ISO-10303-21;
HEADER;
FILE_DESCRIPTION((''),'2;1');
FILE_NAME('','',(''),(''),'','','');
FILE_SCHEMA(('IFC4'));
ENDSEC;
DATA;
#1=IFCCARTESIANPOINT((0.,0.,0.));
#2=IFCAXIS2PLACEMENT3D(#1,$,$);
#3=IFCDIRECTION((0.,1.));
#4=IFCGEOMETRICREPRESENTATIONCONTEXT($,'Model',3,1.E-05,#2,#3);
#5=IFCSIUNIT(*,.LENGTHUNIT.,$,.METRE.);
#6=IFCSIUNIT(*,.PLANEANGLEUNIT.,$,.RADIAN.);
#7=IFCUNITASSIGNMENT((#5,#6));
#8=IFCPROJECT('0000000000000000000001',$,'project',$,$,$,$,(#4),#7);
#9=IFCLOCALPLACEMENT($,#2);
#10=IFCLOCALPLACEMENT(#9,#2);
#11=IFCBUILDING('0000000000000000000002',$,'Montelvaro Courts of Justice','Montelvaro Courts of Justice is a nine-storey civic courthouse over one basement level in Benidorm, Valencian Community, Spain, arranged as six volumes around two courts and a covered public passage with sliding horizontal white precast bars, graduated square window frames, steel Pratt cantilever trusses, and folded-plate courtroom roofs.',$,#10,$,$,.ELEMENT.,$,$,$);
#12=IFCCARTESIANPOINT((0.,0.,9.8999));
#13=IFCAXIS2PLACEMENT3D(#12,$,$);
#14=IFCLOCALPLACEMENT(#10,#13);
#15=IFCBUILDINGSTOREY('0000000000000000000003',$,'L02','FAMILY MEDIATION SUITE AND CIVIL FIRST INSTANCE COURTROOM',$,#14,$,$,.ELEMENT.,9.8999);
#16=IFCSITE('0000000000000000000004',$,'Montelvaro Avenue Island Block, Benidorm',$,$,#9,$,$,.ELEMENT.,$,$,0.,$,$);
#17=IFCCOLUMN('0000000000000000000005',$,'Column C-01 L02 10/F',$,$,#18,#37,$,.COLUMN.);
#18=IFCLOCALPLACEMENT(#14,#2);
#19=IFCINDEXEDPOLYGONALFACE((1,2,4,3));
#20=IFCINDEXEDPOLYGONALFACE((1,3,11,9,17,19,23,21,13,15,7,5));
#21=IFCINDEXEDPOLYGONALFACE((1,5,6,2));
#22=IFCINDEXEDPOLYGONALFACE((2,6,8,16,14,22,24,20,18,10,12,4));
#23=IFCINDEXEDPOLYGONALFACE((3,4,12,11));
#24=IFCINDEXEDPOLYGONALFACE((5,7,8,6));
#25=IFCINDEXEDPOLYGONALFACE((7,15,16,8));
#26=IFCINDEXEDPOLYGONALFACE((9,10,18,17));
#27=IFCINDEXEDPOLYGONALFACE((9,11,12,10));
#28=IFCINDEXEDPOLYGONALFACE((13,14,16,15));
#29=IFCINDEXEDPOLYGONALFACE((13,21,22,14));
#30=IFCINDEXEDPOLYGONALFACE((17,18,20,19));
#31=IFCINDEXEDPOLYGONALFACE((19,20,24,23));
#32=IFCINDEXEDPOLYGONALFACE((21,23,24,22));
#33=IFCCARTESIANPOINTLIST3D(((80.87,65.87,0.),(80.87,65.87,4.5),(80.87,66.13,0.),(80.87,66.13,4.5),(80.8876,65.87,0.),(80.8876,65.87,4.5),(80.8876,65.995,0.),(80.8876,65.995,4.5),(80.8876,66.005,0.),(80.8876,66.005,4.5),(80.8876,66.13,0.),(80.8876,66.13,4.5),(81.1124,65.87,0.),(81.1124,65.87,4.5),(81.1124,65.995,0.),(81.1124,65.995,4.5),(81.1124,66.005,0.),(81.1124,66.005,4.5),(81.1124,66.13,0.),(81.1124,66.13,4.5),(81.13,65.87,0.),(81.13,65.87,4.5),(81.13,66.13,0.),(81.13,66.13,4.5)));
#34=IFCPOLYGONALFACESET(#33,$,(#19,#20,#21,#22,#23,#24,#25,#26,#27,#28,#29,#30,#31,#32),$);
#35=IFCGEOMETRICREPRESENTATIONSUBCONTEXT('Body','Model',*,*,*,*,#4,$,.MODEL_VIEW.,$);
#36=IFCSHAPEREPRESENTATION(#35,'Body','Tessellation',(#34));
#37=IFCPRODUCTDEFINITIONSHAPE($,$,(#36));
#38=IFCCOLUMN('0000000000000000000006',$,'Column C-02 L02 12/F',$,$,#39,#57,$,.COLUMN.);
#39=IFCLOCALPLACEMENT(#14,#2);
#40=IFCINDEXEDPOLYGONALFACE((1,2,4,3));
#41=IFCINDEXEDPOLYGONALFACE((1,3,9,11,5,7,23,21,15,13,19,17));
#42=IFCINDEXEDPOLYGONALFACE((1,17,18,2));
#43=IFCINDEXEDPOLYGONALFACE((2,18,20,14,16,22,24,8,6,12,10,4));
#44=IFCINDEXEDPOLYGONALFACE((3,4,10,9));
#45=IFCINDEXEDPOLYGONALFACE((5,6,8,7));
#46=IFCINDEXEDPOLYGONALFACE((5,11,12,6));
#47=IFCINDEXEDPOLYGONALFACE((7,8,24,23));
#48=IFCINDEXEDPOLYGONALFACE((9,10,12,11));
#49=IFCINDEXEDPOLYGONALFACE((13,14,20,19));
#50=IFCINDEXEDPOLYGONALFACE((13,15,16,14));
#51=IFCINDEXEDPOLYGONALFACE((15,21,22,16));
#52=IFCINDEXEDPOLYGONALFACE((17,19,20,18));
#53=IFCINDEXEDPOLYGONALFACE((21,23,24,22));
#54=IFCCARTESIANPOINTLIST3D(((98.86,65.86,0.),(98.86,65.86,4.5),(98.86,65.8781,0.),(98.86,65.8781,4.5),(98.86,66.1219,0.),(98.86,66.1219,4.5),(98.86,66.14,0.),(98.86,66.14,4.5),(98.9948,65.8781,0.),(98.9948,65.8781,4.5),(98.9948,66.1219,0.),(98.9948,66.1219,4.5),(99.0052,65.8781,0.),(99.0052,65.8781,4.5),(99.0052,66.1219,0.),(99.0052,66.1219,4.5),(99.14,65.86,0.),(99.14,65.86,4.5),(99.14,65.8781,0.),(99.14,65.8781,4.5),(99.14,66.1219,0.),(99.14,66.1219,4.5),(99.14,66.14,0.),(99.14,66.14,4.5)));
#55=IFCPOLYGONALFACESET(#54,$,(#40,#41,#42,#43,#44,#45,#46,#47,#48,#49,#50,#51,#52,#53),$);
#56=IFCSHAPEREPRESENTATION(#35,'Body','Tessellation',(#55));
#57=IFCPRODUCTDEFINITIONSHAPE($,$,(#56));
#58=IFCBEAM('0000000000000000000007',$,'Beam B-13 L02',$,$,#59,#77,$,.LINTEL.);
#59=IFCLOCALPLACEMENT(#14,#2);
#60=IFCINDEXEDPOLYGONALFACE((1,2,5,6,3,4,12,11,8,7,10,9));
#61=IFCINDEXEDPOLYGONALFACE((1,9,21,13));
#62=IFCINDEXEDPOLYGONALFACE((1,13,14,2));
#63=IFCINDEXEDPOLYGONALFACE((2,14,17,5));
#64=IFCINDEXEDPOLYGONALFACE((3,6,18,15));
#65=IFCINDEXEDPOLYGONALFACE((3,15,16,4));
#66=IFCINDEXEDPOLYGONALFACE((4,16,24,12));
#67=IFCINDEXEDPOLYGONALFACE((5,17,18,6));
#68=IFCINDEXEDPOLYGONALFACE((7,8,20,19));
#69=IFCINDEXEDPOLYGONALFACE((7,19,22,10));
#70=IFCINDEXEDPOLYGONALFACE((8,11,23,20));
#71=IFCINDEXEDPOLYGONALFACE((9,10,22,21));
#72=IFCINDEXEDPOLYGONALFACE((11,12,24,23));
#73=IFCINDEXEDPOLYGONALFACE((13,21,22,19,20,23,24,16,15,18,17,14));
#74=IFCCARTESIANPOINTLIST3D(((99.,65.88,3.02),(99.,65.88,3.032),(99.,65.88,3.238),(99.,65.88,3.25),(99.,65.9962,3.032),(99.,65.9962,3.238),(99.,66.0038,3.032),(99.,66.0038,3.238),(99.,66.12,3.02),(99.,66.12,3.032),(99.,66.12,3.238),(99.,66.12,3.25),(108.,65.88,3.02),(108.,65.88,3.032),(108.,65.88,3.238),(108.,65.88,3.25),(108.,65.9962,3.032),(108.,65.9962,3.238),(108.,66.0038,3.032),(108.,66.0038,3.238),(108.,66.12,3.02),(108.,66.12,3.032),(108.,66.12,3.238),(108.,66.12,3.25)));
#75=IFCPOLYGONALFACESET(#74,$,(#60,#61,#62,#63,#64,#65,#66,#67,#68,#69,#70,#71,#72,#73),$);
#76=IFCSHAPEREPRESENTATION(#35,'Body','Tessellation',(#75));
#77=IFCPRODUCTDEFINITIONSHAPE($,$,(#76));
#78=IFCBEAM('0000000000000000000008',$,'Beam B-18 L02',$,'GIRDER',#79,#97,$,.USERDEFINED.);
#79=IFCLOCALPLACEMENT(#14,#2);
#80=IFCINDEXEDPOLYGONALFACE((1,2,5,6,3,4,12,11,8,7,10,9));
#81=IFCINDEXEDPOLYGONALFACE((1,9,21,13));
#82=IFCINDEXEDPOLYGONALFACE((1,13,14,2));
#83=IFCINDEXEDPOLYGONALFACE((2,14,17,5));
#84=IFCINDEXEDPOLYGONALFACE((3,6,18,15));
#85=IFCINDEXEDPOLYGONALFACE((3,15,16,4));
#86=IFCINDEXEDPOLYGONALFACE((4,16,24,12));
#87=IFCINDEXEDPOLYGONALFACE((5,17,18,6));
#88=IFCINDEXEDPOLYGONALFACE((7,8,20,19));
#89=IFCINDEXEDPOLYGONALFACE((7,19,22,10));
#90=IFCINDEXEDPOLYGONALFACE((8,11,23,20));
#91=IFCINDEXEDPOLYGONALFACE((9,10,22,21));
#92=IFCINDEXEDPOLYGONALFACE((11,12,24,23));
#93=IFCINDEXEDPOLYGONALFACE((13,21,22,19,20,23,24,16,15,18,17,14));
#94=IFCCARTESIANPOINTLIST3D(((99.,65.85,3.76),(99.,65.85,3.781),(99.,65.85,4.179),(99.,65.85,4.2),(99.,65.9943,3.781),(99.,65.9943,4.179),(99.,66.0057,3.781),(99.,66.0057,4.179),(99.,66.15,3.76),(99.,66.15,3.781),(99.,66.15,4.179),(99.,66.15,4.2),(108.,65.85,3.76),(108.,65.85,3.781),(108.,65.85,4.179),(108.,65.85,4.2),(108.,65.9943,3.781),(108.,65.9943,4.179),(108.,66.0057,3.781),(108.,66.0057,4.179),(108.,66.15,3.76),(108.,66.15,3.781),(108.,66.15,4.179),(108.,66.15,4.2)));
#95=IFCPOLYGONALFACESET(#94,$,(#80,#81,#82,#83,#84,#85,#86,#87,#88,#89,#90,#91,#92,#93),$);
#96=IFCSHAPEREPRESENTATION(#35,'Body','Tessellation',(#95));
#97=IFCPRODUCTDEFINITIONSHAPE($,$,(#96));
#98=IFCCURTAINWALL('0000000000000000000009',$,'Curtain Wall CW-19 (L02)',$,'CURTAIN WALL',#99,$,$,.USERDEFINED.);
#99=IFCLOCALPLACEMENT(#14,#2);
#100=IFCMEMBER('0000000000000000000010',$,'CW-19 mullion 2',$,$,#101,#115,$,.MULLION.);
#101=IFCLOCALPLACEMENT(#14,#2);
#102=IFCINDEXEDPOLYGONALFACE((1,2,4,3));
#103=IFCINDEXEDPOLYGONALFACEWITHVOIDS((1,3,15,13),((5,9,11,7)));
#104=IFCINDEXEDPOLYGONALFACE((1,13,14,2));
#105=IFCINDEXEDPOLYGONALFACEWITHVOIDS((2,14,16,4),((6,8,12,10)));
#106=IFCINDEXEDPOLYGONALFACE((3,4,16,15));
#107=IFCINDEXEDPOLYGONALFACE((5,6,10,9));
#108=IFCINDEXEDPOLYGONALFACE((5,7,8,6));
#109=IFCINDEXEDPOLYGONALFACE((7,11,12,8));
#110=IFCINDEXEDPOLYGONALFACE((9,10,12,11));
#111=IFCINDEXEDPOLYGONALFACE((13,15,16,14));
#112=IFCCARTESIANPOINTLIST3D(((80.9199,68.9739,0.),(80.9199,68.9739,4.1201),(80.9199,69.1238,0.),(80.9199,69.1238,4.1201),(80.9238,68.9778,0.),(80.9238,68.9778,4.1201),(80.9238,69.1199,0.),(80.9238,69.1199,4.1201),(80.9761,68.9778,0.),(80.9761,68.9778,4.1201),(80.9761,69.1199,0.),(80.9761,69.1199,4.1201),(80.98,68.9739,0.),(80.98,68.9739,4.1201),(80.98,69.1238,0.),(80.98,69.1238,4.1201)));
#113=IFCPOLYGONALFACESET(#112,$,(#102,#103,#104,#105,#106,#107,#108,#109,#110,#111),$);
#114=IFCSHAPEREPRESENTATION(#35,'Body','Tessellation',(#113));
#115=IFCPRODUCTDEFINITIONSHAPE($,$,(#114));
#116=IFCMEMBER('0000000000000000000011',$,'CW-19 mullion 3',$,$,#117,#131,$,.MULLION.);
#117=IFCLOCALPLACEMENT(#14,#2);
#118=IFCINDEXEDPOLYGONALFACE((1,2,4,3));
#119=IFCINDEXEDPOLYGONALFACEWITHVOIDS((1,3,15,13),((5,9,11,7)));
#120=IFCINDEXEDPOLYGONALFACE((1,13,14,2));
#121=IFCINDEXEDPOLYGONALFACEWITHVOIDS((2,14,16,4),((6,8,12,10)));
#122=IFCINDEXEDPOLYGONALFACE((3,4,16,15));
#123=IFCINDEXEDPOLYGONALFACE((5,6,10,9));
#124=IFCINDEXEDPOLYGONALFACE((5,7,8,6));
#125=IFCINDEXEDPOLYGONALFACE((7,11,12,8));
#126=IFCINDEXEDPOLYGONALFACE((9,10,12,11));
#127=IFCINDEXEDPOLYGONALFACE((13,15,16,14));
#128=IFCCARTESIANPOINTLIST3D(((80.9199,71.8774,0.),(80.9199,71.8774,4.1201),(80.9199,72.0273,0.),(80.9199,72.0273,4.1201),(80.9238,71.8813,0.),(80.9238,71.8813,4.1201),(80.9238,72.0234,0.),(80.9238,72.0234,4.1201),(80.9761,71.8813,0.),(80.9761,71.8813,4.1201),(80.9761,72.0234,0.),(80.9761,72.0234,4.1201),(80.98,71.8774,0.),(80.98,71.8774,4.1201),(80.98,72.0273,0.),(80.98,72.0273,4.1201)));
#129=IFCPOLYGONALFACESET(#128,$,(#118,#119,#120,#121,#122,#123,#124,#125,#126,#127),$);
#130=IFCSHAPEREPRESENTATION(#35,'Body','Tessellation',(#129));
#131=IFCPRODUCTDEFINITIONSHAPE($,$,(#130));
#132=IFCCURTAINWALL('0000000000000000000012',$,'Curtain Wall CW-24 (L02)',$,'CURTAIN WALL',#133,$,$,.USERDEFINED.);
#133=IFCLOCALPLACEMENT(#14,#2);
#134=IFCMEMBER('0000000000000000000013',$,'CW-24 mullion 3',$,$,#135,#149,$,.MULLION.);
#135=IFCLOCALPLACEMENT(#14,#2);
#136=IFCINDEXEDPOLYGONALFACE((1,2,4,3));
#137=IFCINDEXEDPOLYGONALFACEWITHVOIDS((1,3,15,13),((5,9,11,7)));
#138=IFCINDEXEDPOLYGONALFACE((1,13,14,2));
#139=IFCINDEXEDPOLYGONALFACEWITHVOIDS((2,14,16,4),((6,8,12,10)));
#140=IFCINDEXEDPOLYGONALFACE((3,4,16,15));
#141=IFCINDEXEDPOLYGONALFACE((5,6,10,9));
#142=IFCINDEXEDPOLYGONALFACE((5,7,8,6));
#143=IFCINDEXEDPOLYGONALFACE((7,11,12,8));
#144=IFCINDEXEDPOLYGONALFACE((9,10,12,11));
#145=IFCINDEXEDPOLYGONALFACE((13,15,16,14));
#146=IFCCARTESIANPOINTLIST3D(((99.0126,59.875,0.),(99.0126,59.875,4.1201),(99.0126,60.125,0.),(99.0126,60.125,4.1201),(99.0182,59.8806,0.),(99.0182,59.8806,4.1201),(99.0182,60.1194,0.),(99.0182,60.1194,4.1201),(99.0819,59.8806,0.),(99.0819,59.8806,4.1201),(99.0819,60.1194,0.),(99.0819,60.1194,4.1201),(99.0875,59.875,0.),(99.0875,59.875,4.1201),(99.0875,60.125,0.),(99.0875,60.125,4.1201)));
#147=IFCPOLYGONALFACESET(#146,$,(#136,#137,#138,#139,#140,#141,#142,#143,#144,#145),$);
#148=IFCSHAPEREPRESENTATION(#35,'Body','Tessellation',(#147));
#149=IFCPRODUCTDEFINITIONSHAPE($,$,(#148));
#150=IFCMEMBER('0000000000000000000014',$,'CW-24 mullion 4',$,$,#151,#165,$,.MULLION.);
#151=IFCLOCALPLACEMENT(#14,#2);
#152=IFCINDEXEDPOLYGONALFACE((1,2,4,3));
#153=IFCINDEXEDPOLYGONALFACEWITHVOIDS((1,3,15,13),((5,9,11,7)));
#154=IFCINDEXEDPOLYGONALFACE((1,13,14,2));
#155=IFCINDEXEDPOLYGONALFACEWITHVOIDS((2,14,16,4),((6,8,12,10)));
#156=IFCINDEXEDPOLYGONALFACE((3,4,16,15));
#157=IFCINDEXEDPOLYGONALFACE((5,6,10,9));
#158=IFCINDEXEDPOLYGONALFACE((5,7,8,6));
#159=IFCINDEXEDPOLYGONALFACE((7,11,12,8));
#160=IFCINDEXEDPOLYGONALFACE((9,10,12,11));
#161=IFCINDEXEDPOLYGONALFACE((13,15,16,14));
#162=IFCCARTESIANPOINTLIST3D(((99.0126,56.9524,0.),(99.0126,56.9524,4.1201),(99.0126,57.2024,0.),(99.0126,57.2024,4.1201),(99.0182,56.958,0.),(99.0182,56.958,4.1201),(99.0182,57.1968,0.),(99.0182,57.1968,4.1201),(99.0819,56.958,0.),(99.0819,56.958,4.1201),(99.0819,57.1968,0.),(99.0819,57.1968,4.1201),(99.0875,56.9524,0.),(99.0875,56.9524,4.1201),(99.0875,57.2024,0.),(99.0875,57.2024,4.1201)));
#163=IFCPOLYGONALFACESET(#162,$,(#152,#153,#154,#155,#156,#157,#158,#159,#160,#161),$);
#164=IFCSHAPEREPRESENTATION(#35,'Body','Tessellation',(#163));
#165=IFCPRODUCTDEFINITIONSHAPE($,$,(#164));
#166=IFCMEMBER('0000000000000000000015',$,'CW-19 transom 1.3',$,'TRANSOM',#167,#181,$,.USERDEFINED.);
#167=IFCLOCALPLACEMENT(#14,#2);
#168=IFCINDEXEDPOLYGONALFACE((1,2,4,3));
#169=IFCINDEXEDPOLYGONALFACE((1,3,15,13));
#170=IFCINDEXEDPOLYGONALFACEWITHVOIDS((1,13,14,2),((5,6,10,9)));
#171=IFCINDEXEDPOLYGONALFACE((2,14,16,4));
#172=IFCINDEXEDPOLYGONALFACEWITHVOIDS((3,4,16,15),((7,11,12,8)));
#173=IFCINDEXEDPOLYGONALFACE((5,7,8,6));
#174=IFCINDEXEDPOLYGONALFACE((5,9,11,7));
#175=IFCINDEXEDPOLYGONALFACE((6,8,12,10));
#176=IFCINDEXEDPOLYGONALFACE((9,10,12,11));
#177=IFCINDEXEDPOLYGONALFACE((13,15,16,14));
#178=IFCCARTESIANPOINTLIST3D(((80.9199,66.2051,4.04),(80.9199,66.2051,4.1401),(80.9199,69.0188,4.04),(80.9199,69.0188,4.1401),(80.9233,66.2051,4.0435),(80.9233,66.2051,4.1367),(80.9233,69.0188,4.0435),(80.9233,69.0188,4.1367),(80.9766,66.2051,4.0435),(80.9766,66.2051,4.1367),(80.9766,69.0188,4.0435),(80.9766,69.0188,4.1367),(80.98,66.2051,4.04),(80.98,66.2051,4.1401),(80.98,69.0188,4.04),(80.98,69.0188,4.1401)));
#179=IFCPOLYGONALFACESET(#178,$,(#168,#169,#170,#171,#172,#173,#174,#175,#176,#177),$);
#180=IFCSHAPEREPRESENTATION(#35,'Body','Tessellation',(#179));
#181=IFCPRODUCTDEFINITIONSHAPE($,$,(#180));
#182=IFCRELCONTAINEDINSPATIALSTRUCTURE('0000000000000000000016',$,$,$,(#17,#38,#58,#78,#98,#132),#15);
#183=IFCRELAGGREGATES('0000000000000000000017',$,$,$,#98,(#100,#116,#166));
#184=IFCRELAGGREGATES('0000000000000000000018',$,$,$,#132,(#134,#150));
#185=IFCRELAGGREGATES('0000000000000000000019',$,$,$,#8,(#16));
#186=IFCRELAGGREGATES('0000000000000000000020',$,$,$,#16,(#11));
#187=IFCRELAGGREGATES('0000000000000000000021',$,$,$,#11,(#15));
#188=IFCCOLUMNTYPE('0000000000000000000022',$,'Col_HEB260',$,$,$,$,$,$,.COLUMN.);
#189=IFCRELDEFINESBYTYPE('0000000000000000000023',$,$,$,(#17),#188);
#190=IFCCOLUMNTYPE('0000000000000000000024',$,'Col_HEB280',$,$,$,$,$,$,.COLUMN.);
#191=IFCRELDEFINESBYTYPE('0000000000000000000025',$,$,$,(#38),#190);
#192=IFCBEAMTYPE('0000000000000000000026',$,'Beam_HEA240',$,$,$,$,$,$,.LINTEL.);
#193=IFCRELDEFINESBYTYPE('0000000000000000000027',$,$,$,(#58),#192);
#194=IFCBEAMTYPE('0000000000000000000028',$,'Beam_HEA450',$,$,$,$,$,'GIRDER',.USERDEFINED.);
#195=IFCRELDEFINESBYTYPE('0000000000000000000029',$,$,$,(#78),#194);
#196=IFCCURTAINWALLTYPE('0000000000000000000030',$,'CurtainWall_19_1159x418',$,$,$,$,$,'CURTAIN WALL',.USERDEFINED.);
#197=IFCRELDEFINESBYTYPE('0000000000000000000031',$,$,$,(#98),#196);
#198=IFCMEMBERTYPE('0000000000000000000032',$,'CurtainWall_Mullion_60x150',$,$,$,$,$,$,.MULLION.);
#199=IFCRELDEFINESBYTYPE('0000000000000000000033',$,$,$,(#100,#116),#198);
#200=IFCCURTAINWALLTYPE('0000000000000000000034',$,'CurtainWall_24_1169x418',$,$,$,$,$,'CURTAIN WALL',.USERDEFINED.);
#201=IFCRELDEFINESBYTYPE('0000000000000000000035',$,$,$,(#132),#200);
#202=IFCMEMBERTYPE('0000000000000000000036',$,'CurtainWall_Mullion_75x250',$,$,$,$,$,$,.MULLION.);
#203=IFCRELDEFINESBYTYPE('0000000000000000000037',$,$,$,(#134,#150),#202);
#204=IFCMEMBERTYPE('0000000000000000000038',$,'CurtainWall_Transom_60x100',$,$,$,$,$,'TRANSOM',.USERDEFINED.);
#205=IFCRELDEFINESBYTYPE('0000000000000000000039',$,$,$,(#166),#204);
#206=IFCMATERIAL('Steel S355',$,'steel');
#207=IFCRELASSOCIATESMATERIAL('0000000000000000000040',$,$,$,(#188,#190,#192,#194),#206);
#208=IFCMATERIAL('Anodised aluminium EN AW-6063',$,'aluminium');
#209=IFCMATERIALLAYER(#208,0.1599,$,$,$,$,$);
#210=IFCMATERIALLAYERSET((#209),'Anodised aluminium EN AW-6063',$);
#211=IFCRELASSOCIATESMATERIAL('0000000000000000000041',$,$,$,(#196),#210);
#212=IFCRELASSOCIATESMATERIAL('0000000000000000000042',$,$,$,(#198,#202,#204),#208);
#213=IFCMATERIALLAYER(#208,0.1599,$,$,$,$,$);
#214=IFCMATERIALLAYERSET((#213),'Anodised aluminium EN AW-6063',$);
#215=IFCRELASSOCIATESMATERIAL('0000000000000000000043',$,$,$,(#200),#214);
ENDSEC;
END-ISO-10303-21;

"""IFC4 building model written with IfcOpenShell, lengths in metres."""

from ifc_helpers import new_model, si_unit, direction, frame, origin, origin_2d, place, context, subcontext, project, spatial, hollow_rectangle, i_section, extrude, material, layer, layer_set, material_profile, profile_set, type_object, element, aggregate, save


model = new_model("IFC4")

# Units and contexts
model_context = context("Model", 3, precision=1e-05, world=origin(), true_north=direction((0.0, 1.0)))
body_context = subcontext(model_context, "Body", "Model", "MODEL_VIEW")
ifc_project = project(units=[si_unit("LENGTHUNIT", "METRE"), si_unit("PLANEANGLEUNIT", "RADIAN")], contexts=[model_context])

# Site, building, storey
site_placement = place(None, origin())
site = spatial("IfcSite", under=ifc_project, at=site_placement, Name="Montelvaro Avenue Island Block, Benidorm", CompositionType="ELEMENT", RefElevation=0.0)
building_placement = place(site_placement, origin())
building = spatial("IfcBuilding", under=site, at=building_placement, Name="Montelvaro Courts of Justice", Description="Montelvaro Courts of Justice is a nine-storey civic courthouse over one basement level in Benidorm, Valencian Community, Spain, arranged as six volumes around two courts and a covered public passage with sliding horizontal white precast bars, graduated square window frames, steel Pratt cantilever trusses, and folded-plate courtroom roofs.", CompositionType="ELEMENT")
storey_placement = place(building_placement, frame((0.0, 0.0, 9.8999)))
storey = spatial("IfcBuildingStorey", under=building, at=storey_placement, Name="L02", Description="FAMILY MEDIATION SUITE AND CIVIL FIRST INSTANCE COURTROOM", CompositionType="ELEMENT", Elevation=9.8999)

# Columns
ifc_material_1 = material(Name="Steel S355", Category="steel")
ifc_material_profile_1 = material_profile(ifc_material_1, i_section(OverallWidth=0.26, OverallDepth=0.26, WebThickness=0.01, FlangeThickness=0.0176, at=origin_2d()), Name="HEB 260")
ifc_profile_set_1 = profile_set([ifc_material_profile_1], Name="Steel S355")
column_type_1 = type_object("IfcColumnType", Name="Col_HEB260", PredefinedType="COLUMN", material=ifc_profile_set_1)
column_1_placement = place(storey_placement, frame((81.0, 66.0, 0.0), z_axis=(0.0, 0.0, 1.0), x_axis=(0.0, 1.0, 0.0)))
element("IfcColumn", 1, at=column_1_placement, inside=storey, type_object=column_type_1, Name="Column C-01 L02 10/F", PredefinedType="COLUMN", context=body_context, shape_type="SweptSolid", body=[
    extrude(i_section(OverallWidth=0.26, OverallDepth=0.26, WebThickness=0.01, FlangeThickness=0.0176, at=origin_2d()), origin(), (0.0, 0.0, 1.0), 4.5),
])
ifc_material_profile_2 = material_profile(ifc_material_1, i_section(OverallWidth=0.28, OverallDepth=0.28, WebThickness=0.0105, FlangeThickness=0.0181, at=origin_2d()), Name="HEB 280")
ifc_profile_set_2 = profile_set([ifc_material_profile_2], Name="Steel S355")
column_type_2 = type_object("IfcColumnType", Name="Col_HEB280", PredefinedType="COLUMN", material=ifc_profile_set_2)
column_2_placement = place(storey_placement, frame((99.0, 66.0, 0.0), z_axis=(0.0, 0.0, 1.0), x_axis=(1.0, 0.0, 0.0)))
element("IfcColumn", 2, at=column_2_placement, inside=storey, type_object=column_type_2, Name="Column C-02 L02 12/F", PredefinedType="COLUMN", context=body_context, shape_type="SweptSolid", body=[
    extrude(i_section(OverallWidth=0.28, OverallDepth=0.28, WebThickness=0.0105, FlangeThickness=0.0181, at=origin_2d()), origin(), (0.0, 0.0, 1.0), 4.5),
])

# Beams
ifc_material_profile_3 = material_profile(ifc_material_1, i_section(OverallWidth=0.24, OverallDepth=0.23, WebThickness=0.0076, FlangeThickness=0.012, at=origin_2d()), Name="HEA 240")
ifc_profile_set_3 = profile_set([ifc_material_profile_3], Name="Steel S355")
beam_type_1 = type_object("IfcBeamType", Name="Beam_HEA240", PredefinedType="LINTEL", material=ifc_profile_set_3)
beam_1_placement = place(storey_placement, frame((99.0, 66.0, 3.135), z_axis=(1.0, 0.0, 0.0), x_axis=(0.0, 1.0, 0.0)))
element("IfcBeam", 3, at=beam_1_placement, inside=storey, type_object=beam_type_1, Name="Beam B-13 L02", PredefinedType="LINTEL", context=body_context, shape_type="SweptSolid", body=[
    extrude(i_section(OverallWidth=0.24, OverallDepth=0.23, WebThickness=0.0076, FlangeThickness=0.012, at=origin_2d()), origin(), (0.0, 0.0, 1.0), 9.0),
])
ifc_material_profile_4 = material_profile(ifc_material_1, i_section(OverallWidth=0.3, OverallDepth=0.4399, WebThickness=0.0115, FlangeThickness=0.021, at=origin_2d()), Name="HEA 450")
ifc_profile_set_4 = profile_set([ifc_material_profile_4], Name="Steel S355")
beam_type_2 = type_object("IfcBeamType", Name="Beam_HEA450", ElementType="GIRDER", PredefinedType="USERDEFINED", material=ifc_profile_set_4)
beam_2_placement = place(storey_placement, frame((99.0, 66.0, 3.98), z_axis=(1.0, 0.0, 0.0), x_axis=(0.0, 1.0, 0.0)))
element("IfcBeam", 4, at=beam_2_placement, inside=storey, type_object=beam_type_2, Name="Beam B-18 L02", ObjectType="GIRDER", PredefinedType="USERDEFINED", context=body_context, shape_type="SweptSolid", body=[
    extrude(i_section(OverallWidth=0.3, OverallDepth=0.4399, WebThickness=0.0115, FlangeThickness=0.021, at=origin_2d()), origin(), (0.0, 0.0, 1.0), 9.0),
])

# Curtain walls, members
ifc_material_2 = material(Name="Anodised aluminium EN AW-6063", Category="aluminium")
ifc_layer_1 = layer(ifc_material_2, 0.1599)
ifc_layer_set_1 = layer_set([ifc_layer_1], Name="Anodised aluminium EN AW-6063")
curtain_wall_type_1 = type_object("IfcCurtainWallType", Name="CurtainWall_19_1159x418", ElementType="CURTAIN WALL", PredefinedType="USERDEFINED", material=ifc_layer_set_1)
curtain_wall_1_placement = place(storey_placement, origin())
curtain_wall_1 = element("IfcCurtainWall", 5, at=curtain_wall_1_placement, inside=storey, type_object=curtain_wall_type_1, Name="Curtain Wall CW-19 (L02)", ObjectType="CURTAIN WALL", PredefinedType="USERDEFINED")
ifc_material_profile_5 = material_profile(ifc_material_2, hollow_rectangle(XDim=0.0601, YDim=0.1499, WallThickness=0.0039, at=origin_2d()), Name="ALU-M 60x150")
ifc_profile_set_5 = profile_set([ifc_material_profile_5], Name="Anodised aluminium EN AW-6063")
member_type_1 = type_object("IfcMemberType", Name="CurtainWall_Mullion_60x150", PredefinedType="MULLION", material=ifc_profile_set_5)
member_1_placement = place(storey_placement, frame((80.95, 69.0488, 0.0), z_axis=(0.0, 0.0, 1.0), x_axis=(-1.0, 0.0, 0.0)))
member_1 = element("IfcMember", 6, at=member_1_placement, type_object=member_type_1, Name="CW-19 mullion 2", PredefinedType="MULLION", context=body_context, shape_type="SweptSolid", body=[
    extrude(hollow_rectangle(XDim=0.0601, YDim=0.1499, WallThickness=0.0039, at=origin_2d()), origin(), (0.0, 0.0, 1.0), 4.1201),
])
member_2_placement = place(storey_placement, frame((80.95, 71.9524, 0.0), z_axis=(0.0, 0.0, 1.0), x_axis=(-1.0, 0.0, 0.0)))
member_2 = element("IfcMember", 7, at=member_2_placement, type_object=member_type_1, Name="CW-19 mullion 3", PredefinedType="MULLION", context=body_context, shape_type="SweptSolid", body=[
    extrude(hollow_rectangle(XDim=0.0601, YDim=0.1499, WallThickness=0.0039, at=origin_2d()), origin(), (0.0, 0.0, 1.0), 4.1201),
])
ifc_layer_2 = layer(ifc_material_2, 0.1599)
ifc_layer_set_2 = layer_set([ifc_layer_2], Name="Anodised aluminium EN AW-6063")
curtain_wall_type_2 = type_object("IfcCurtainWallType", Name="CurtainWall_24_1169x418", ElementType="CURTAIN WALL", PredefinedType="USERDEFINED", material=ifc_layer_set_2)
curtain_wall_2_placement = place(storey_placement, origin())
curtain_wall_2 = element("IfcCurtainWall", 8, at=curtain_wall_2_placement, inside=storey, type_object=curtain_wall_type_2, Name="Curtain Wall CW-24 (L02)", ObjectType="CURTAIN WALL", PredefinedType="USERDEFINED")
ifc_material_profile_6 = material_profile(ifc_material_2, hollow_rectangle(XDim=0.075, YDim=0.25, WallThickness=0.0056, at=origin_2d()), Name="ALU-M 75x250")
ifc_profile_set_6 = profile_set([ifc_material_profile_6], Name="Anodised aluminium EN AW-6063")
member_type_2 = type_object("IfcMemberType", Name="CurtainWall_Mullion_75x250", PredefinedType="MULLION", material=ifc_profile_set_6)
member_3_placement = place(storey_placement, frame((99.05, 60.0, 0.0), z_axis=(0.0, 0.0, 1.0), x_axis=(1.0, 0.0, 0.0)))
member_3 = element("IfcMember", 9, at=member_3_placement, type_object=member_type_2, Name="CW-24 mullion 3", PredefinedType="MULLION", context=body_context, shape_type="SweptSolid", body=[
    extrude(hollow_rectangle(XDim=0.075, YDim=0.25, WallThickness=0.0056, at=origin_2d()), origin(), (0.0, 0.0, 1.0), 4.1201),
])
member_4_placement = place(storey_placement, frame((99.05, 57.0774, 0.0), z_axis=(0.0, 0.0, 1.0), x_axis=(1.0, 0.0, 0.0)))
member_4 = element("IfcMember", 10, at=member_4_placement, type_object=member_type_2, Name="CW-24 mullion 4", PredefinedType="MULLION", context=body_context, shape_type="SweptSolid", body=[
    extrude(hollow_rectangle(XDim=0.075, YDim=0.25, WallThickness=0.0056, at=origin_2d()), origin(), (0.0, 0.0, 1.0), 4.1201),
])

# Member
ifc_material_profile_7 = material_profile(ifc_material_2, hollow_rectangle(XDim=0.0601, YDim=0.1001, WallThickness=0.0034, at=origin_2d()), Name="ALU-T 60x100")
ifc_profile_set_7 = profile_set([ifc_material_profile_7], Name="Anodised aluminium EN AW-6063")
member_type_3 = type_object("IfcMemberType", Name="CurtainWall_Transom_60x100", ElementType="TRANSOM", PredefinedType="USERDEFINED", material=ifc_profile_set_7)
member_5_placement = place(storey_placement, frame((80.95, 66.2051, 4.0901), z_axis=(0.0, 1.0, 0.0), x_axis=(-1.0, 0.0, 0.0)))
member_5 = element("IfcMember", 11, at=member_5_placement, type_object=member_type_3, Name="CW-19 transom 1.3", ObjectType="TRANSOM", PredefinedType="USERDEFINED", context=body_context, shape_type="SweptSolid", body=[
    extrude(hollow_rectangle(XDim=0.0601, YDim=0.1001, WallThickness=0.0034, at=origin_2d()), origin(), (0.0, 0.0, 1.0), 2.8137),
])

aggregate(curtain_wall_1, [member_1, member_2, member_5])
aggregate(curtain_wall_2, [member_3, member_4])

save(model, "model.ifc")
